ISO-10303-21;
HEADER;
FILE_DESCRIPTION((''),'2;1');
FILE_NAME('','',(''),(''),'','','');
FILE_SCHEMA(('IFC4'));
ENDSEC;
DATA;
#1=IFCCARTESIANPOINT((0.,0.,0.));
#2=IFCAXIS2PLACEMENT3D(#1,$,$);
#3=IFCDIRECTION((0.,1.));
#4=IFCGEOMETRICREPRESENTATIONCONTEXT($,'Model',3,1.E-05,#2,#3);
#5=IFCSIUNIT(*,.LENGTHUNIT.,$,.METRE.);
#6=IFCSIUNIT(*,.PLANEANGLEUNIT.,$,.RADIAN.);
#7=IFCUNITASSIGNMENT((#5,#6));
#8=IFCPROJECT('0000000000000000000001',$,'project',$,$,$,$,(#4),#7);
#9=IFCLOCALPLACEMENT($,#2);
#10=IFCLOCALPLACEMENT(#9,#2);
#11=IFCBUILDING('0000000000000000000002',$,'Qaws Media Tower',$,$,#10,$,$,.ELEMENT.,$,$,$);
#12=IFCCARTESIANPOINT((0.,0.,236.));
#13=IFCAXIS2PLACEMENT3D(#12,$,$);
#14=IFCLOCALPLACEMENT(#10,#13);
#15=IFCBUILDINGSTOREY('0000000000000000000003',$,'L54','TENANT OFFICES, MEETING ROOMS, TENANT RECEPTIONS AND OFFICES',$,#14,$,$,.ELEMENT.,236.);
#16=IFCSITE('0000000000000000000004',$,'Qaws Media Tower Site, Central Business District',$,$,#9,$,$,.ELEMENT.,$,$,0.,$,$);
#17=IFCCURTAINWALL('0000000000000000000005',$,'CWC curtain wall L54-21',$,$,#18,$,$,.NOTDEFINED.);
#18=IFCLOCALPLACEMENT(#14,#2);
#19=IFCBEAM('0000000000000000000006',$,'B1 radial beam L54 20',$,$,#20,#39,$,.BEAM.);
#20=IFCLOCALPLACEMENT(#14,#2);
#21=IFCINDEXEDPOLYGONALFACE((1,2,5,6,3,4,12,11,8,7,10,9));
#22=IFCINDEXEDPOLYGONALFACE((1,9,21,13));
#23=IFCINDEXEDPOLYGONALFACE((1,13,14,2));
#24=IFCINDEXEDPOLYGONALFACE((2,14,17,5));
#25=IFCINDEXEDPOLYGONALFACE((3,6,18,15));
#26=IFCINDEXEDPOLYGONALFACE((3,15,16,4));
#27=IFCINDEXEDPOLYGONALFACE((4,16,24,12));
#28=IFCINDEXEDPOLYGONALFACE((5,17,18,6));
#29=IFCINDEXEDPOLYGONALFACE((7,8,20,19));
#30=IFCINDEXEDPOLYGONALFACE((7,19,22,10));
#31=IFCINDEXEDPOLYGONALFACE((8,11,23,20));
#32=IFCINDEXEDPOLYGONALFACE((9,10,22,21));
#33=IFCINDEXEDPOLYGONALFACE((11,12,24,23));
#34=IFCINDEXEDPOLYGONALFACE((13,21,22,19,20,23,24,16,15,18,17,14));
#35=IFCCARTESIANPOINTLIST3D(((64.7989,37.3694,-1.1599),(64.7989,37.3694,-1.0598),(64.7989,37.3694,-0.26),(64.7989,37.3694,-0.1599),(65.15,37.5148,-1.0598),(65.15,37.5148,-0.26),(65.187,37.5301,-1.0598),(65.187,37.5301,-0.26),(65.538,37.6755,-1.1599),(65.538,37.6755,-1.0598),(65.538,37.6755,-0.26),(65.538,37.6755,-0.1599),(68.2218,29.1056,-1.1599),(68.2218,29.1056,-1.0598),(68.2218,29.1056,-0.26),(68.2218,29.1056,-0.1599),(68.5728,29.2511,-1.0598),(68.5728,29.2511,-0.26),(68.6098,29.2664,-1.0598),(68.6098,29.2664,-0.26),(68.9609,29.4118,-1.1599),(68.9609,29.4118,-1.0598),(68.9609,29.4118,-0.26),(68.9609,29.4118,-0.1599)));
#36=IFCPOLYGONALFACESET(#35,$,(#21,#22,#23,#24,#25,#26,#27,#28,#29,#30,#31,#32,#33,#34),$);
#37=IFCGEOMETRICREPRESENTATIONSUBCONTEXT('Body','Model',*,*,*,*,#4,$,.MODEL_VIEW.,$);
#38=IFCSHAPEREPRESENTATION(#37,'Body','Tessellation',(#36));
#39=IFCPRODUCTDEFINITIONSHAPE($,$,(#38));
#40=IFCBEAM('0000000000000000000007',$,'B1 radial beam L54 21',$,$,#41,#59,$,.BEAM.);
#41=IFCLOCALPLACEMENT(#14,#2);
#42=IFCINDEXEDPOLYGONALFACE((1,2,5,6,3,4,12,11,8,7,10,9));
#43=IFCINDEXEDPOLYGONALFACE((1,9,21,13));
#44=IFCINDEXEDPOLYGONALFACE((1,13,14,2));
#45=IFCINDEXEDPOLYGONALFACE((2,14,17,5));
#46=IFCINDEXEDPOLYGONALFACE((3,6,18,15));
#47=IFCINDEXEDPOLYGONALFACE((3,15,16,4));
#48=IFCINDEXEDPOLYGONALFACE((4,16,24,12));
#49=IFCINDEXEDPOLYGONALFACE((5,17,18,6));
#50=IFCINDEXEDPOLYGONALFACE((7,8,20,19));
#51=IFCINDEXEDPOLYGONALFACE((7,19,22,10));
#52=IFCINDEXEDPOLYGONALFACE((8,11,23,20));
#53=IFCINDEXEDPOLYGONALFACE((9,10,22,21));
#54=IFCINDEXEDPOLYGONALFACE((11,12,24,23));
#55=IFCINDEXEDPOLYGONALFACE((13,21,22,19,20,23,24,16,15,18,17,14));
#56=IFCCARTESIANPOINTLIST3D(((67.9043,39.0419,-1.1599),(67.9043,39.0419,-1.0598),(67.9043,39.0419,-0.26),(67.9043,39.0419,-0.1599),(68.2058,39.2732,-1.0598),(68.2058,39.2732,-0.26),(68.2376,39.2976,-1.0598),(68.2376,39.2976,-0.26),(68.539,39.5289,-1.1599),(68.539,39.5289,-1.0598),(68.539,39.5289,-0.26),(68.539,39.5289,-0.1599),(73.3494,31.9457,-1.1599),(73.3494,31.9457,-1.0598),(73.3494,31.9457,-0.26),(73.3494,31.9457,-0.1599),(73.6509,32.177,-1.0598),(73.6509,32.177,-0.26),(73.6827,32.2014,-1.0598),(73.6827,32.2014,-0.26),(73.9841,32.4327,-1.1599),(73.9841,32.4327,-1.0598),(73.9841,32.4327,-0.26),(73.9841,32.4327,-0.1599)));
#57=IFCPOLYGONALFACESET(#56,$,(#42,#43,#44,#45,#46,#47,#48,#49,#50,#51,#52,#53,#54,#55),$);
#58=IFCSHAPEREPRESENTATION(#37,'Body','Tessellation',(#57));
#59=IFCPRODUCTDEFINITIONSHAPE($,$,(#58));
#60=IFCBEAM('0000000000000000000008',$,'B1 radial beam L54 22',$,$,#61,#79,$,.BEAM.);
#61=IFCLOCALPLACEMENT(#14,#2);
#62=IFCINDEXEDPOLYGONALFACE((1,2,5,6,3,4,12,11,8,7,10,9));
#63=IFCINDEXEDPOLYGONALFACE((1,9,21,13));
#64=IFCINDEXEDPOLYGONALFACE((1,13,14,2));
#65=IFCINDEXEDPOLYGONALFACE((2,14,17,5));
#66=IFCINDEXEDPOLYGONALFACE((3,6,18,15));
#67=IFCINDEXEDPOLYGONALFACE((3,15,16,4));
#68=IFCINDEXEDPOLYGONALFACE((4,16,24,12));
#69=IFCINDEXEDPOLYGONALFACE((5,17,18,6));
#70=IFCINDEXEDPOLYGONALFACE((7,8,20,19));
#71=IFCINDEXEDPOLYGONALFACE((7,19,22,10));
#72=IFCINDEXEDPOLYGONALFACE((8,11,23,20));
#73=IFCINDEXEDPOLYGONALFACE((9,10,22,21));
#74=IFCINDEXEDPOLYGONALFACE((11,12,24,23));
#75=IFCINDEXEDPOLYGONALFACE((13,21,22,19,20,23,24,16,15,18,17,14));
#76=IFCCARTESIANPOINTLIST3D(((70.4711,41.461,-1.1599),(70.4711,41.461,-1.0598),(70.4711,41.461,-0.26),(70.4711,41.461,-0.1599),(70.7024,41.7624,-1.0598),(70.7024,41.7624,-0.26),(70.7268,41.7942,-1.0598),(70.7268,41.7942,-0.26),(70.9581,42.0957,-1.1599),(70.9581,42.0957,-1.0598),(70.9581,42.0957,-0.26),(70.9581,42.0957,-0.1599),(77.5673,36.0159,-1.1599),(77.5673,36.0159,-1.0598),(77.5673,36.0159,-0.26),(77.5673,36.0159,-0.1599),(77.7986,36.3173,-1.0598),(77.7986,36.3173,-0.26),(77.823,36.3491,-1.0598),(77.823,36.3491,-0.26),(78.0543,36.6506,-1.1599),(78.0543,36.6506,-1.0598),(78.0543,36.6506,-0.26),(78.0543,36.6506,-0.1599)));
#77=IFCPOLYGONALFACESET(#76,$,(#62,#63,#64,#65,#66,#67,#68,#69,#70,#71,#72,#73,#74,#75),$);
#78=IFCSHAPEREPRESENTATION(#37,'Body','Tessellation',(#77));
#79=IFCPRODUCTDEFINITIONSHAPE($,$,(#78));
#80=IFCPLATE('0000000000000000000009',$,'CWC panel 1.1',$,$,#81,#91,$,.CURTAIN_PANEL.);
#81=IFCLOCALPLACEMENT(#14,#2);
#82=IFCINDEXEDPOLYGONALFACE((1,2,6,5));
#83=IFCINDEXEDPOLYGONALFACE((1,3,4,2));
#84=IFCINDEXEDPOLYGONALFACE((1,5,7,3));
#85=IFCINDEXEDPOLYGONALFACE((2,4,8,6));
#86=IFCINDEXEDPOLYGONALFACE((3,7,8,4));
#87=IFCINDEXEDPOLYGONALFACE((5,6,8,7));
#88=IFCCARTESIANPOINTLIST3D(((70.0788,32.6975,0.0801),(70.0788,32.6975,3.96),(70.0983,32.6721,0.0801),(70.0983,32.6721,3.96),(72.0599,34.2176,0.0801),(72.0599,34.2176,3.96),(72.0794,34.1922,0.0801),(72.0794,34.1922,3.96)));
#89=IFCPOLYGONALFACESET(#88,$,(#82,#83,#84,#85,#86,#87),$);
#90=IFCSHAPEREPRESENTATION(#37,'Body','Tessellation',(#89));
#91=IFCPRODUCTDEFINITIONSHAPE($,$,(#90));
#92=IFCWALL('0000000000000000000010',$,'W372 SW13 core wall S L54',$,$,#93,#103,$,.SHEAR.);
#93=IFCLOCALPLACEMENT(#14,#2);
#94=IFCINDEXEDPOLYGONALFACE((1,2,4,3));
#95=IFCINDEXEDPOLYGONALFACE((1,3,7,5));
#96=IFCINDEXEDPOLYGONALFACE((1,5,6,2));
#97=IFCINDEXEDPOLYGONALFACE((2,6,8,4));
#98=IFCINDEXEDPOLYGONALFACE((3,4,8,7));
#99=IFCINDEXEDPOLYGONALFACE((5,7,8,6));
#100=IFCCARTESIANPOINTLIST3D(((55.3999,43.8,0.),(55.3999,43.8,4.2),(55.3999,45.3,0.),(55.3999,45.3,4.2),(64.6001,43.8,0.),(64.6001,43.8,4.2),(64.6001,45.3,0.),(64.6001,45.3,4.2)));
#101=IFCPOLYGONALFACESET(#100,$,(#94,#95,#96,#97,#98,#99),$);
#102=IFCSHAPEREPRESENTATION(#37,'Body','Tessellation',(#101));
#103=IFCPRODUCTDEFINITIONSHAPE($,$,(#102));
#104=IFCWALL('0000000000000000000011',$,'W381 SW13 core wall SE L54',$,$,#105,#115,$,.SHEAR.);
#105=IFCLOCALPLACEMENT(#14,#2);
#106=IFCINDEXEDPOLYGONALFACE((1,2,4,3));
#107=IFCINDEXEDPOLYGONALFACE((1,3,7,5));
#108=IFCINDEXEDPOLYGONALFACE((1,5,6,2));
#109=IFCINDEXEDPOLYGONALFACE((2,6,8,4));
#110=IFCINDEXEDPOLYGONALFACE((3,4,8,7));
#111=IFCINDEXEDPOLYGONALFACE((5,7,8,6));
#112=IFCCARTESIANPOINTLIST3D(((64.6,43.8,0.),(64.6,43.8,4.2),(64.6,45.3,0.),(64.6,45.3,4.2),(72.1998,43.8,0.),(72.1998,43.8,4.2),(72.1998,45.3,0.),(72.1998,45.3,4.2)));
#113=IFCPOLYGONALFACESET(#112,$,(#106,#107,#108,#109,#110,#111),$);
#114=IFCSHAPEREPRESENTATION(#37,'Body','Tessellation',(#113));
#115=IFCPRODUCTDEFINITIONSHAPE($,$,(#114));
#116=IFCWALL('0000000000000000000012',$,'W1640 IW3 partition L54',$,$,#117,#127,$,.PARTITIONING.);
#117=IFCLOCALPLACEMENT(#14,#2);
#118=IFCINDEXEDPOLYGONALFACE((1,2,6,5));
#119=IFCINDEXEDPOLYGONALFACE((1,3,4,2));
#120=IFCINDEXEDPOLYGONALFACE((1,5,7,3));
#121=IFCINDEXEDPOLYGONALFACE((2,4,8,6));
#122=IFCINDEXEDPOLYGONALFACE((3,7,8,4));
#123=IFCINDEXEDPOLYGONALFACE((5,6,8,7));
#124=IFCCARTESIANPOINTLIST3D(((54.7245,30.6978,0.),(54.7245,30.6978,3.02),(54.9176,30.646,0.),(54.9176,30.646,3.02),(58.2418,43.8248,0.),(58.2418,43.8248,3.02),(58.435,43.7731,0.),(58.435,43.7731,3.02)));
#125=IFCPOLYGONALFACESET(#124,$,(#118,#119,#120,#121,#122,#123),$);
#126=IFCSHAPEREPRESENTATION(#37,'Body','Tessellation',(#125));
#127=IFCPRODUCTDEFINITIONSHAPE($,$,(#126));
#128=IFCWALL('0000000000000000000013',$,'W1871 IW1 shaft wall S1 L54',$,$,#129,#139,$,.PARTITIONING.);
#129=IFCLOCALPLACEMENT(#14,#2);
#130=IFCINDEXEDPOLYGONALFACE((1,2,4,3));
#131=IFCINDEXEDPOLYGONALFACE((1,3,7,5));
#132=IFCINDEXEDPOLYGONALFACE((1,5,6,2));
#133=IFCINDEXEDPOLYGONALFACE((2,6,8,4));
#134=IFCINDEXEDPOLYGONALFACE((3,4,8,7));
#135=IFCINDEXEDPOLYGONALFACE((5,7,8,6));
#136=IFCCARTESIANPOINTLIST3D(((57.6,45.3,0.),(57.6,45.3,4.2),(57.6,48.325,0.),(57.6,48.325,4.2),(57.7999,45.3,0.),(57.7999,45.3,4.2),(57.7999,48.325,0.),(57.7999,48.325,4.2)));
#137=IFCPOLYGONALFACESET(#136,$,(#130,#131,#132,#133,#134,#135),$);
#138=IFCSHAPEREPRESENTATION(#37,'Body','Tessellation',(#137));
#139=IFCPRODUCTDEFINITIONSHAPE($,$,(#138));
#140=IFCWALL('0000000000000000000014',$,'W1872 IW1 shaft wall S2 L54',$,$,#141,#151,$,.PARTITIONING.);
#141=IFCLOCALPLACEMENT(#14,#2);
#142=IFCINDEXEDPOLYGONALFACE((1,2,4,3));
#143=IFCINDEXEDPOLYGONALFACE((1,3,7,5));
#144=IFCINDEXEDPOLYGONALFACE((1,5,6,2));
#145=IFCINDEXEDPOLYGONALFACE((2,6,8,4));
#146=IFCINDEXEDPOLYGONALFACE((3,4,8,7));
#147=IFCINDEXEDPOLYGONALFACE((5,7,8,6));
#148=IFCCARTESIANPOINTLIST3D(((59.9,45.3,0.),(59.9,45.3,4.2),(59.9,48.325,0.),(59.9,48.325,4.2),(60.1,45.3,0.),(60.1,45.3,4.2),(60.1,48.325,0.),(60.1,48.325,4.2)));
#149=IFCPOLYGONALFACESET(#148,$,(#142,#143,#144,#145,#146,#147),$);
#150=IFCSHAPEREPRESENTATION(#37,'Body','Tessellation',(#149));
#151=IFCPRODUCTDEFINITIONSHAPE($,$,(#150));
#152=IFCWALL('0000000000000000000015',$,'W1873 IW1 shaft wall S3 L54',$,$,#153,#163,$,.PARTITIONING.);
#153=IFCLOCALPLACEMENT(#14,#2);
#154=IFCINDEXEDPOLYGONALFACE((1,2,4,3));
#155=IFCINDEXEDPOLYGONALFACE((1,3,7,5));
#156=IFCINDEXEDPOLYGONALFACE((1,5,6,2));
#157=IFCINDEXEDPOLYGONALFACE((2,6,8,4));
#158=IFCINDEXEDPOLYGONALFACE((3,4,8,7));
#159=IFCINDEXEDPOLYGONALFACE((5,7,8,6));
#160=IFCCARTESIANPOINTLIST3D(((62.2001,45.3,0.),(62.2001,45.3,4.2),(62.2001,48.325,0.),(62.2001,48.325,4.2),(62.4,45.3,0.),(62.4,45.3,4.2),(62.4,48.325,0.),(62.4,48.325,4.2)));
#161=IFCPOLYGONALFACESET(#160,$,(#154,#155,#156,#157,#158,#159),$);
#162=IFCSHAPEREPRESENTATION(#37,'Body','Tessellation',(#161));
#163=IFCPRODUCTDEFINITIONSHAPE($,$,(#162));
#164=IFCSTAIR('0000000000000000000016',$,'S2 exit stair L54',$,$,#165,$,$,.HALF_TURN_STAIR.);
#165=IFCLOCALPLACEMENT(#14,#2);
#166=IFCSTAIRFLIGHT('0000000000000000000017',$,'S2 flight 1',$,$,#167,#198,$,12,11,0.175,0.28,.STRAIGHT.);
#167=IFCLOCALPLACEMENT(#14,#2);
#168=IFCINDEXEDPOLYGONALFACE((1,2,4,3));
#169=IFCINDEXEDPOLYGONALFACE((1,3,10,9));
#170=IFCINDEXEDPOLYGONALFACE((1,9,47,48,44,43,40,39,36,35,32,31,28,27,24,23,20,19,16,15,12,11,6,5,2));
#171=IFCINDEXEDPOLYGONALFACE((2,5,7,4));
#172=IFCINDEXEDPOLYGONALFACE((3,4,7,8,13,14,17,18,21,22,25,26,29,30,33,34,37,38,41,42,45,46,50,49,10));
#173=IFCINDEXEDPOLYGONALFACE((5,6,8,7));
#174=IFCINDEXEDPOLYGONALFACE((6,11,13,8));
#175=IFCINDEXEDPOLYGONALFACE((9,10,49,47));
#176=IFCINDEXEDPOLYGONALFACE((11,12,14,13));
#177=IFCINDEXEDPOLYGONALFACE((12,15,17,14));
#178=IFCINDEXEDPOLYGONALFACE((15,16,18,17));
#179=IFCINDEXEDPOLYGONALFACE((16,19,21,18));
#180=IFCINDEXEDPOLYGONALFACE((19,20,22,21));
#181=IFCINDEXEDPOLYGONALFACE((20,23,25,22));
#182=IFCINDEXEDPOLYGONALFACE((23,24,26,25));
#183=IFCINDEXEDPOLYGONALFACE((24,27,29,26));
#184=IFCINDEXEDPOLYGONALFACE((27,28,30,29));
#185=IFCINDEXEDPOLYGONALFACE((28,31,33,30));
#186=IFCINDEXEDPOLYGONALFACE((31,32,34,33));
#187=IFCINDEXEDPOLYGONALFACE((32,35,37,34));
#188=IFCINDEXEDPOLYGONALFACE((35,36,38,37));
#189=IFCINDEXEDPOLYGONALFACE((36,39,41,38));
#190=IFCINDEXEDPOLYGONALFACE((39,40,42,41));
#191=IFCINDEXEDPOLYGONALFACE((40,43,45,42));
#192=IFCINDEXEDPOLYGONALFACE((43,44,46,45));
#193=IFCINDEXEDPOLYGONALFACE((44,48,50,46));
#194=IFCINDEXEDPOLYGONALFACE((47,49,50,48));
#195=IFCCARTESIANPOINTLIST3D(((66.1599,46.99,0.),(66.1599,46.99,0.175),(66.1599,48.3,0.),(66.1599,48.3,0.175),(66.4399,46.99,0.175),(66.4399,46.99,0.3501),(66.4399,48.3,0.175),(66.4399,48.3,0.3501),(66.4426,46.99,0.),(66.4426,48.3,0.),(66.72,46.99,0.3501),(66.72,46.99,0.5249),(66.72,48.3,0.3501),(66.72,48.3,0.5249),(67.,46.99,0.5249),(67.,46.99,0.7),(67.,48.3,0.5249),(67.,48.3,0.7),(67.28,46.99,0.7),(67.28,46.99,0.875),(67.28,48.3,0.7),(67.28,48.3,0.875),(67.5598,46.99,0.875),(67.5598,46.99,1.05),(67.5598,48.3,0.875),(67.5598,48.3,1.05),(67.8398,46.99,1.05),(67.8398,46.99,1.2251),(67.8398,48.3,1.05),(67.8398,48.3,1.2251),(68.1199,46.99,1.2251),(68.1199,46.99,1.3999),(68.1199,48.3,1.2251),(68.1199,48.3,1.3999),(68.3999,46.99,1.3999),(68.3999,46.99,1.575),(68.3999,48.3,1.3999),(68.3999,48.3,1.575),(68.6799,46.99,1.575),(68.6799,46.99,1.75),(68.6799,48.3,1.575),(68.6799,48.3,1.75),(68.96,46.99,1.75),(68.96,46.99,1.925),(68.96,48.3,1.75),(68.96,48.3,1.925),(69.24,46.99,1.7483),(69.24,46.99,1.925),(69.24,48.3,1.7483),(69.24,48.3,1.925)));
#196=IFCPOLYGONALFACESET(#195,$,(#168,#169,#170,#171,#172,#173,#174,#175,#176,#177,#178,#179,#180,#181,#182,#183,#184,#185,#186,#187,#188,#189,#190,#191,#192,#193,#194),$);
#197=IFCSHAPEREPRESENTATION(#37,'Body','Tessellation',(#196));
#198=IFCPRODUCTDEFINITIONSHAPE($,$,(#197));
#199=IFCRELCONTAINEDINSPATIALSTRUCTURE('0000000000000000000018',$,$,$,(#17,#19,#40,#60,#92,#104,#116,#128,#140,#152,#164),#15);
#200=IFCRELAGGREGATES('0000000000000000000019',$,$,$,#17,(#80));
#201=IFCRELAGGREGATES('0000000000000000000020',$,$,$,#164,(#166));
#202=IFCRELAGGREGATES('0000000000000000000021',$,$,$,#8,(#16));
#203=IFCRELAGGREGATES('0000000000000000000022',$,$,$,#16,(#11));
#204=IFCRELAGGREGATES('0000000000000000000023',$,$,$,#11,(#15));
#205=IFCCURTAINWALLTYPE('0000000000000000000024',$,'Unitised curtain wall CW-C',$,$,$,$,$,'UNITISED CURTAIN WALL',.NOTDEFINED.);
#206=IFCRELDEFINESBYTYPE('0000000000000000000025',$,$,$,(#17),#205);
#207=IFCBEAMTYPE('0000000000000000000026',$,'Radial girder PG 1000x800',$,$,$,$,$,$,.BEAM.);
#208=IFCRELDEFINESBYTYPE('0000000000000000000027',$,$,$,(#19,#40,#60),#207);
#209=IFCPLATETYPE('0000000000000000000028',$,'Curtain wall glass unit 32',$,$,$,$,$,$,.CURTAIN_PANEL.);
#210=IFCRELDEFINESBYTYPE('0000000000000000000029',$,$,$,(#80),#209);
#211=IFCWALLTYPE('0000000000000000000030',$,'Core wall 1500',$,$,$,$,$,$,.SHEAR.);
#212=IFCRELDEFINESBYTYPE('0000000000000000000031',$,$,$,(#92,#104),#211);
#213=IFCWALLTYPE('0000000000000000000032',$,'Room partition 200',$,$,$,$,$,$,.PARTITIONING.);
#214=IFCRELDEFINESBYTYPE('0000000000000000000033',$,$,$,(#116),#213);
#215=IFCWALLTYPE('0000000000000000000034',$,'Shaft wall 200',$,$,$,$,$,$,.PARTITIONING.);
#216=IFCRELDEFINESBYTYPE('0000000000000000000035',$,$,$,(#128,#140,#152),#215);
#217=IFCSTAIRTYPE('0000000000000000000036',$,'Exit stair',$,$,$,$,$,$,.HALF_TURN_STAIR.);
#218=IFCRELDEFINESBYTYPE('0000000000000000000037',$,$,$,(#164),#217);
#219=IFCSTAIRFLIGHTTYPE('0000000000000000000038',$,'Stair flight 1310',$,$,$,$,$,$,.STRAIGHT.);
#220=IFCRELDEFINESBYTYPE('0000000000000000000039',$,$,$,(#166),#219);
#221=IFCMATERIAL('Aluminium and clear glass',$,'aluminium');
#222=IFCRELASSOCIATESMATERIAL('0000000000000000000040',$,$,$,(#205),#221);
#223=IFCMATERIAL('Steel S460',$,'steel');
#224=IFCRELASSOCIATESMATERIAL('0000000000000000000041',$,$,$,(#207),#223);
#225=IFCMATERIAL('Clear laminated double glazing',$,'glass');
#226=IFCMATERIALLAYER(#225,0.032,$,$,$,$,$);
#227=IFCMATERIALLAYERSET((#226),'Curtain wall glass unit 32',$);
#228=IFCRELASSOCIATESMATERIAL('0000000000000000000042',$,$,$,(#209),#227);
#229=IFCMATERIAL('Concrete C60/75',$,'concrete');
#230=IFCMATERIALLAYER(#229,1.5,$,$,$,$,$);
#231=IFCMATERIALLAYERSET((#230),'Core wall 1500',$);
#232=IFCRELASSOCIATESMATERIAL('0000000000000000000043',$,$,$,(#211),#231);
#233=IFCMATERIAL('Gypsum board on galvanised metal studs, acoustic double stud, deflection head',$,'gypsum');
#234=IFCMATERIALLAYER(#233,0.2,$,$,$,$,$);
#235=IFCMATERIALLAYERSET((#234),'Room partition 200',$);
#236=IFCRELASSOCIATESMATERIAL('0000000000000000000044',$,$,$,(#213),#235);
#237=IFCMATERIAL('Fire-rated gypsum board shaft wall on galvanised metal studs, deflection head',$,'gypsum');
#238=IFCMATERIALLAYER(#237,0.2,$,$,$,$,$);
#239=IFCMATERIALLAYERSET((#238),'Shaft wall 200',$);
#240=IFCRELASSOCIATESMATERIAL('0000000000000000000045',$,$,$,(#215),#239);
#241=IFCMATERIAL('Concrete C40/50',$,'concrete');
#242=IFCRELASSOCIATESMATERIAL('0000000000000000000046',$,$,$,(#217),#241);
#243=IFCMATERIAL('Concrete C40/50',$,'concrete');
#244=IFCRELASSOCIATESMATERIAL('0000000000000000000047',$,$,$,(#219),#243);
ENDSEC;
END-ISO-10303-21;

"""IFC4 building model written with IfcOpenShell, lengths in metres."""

from ifc_helpers import new_model, si_unit, direction, frame, frame_2d, origin, origin_2d, place, context, subcontext, project, spatial, polyline, rectangle, i_section, outline, extrude, material, layer, layer_set, material_profile, profile_set, type_object, element, aggregate, save


model = new_model("IFC4")

# Units and contexts
model_context = context("Model", 3, precision=1e-05, world=origin(), true_north=direction((0.0, 1.0)))
body_context = subcontext(model_context, "Body", "Model", "MODEL_VIEW")
ifc_project = project(units=[si_unit("LENGTHUNIT", "METRE"), si_unit("PLANEANGLEUNIT", "RADIAN")], contexts=[model_context])

# Site, building, storey
site_placement = place(None, origin())
site = spatial("IfcSite", under=ifc_project, at=site_placement, Name="Qaws Media Tower Site, Central Business District", CompositionType="ELEMENT", RefElevation=0.0)
building_placement = place(site_placement, origin())
building = spatial("IfcBuilding", under=site, at=building_placement, Name="Qaws Media Tower", CompositionType="ELEMENT")
storey_placement = place(building_placement, frame((0.0, 0.0, 236.0)))
storey = spatial("IfcBuildingStorey", under=building, at=storey_placement, Name="L54", Description="TENANT OFFICES, MEETING ROOMS, TENANT RECEPTIONS AND OFFICES", CompositionType="ELEMENT", Elevation=236.0)

# Curtain wall
ifc_material_1 = material(Name="Aluminium and clear glass", Category="aluminium")
curtain_wall_type = type_object("IfcCurtainWallType", Name="Unitised curtain wall CW-C", ElementType="UNITISED CURTAIN WALL", PredefinedType="NOTDEFINED", material=ifc_material_1)
curtain_wall_placement = place(storey_placement, origin())
curtain_wall = element("IfcCurtainWall", 1, at=curtain_wall_placement, inside=storey, type_object=curtain_wall_type, Name="CWC curtain wall L54-21", PredefinedType="NOTDEFINED")

# Beams
ifc_material_2 = material(Name="Steel S460", Category="steel")
ifc_material_profile_1 = material_profile(ifc_material_2, i_section(OverallWidth=0.8, OverallDepth=1.0, WebThickness=0.04, FlangeThickness=0.1001, at=origin_2d()), Name="PG 1000x800")
ifc_profile_set_1 = profile_set([ifc_material_profile_1], Name="Steel S460")
beam_type_1 = type_object("IfcBeamType", Name="Radial girder PG 1000x800", PredefinedType="BEAM", material=ifc_profile_set_1)
for number, where, z_axis, x_axis, name in (
    (2, (65.1685, 37.5225, -0.6599), (0.382676, -0.923882, 0.0), (0.923882, 0.382676, 0.0), "B1 radial beam L54 20"),
    (3, (68.2217, 39.2854, -0.6599), (0.608759, -0.793355, 0.0), (0.793355, 0.608759, 0.0), "B1 radial beam L54 21"),
    (4, (70.7146, 41.7783, -0.6599), (0.793355, -0.608759, 0.0), (0.608759, 0.793355, 0.0), "B1 radial beam L54 22"),
):
    element("IfcBeam", number, at=place(storey_placement, frame(where, z_axis=z_axis, x_axis=x_axis)), inside=storey, type_object=beam_type_1, Name=name, PredefinedType="BEAM", context=body_context, shape_type="SweptSolid", body=[
        extrude(i_section(OverallWidth=0.8, OverallDepth=1.0, WebThickness=0.04, FlangeThickness=0.1001, at=origin_2d()), origin(), (0.0, 0.0, 1.0), 8.9446),
    ])

# Plate
ifc_material_3 = material(Name="Clear laminated double glazing", Category="glass")
ifc_layer_1 = layer(ifc_material_3, 0.032)
ifc_layer_set_1 = layer_set([ifc_layer_1], Name="Curtain wall glass unit 32")
plate_type = type_object("IfcPlateType", Name="Curtain wall glass unit 32", PredefinedType="CURTAIN_PANEL", material=ifc_layer_set_1)
plate_placement = place(storey_placement, frame((71.0791, 33.4448, 0.0801), z_axis=(0.0, 0.0, 1.0), x_axis=(0.793353, 0.608761, 0.0)))
plate = element("IfcPlate", 5, at=plate_placement, type_object=plate_type, Name="CWC panel 1.1", PredefinedType="CURTAIN_PANEL", context=body_context, shape_type="SweptSolid", body=[
    extrude(rectangle(XDim=2.4971, YDim=0.032, at=origin_2d()), origin(), (0.0, 0.0, 1.0), 3.8799),
])
aggregate(curtain_wall, [plate])

# Walls
ifc_material_4 = material(Name="Concrete C60/75", Category="concrete")
ifc_layer_2 = layer(ifc_material_4, 1.5)
ifc_layer_set_2 = layer_set([ifc_layer_2], Name="Core wall 1500")
wall_type_1 = type_object("IfcWallType", Name="Core wall 1500", PredefinedType="SHEAR", material=ifc_layer_set_2)
wall_1_placement = place(storey_placement, frame((55.3999, 44.55, 0.0), z_axis=(0.0, 0.0, 1.0), x_axis=(1.0, 0.0, 0.0)))
element("IfcWall", 6, at=wall_1_placement, inside=storey, type_object=wall_type_1, Name="W372 SW13 core wall S L54", PredefinedType="SHEAR", context=body_context, shape_type="SweptSolid", body=[
    extrude(rectangle(XDim=9.2002, YDim=1.5, at=frame_2d((4.6001, 0.0))), origin(), (0.0, 0.0, 1.0), 4.2),
])
wall_2_placement = place(storey_placement, frame((64.6001, 44.55, 0.0), z_axis=(0.0, 0.0, 1.0), x_axis=(1.0, 0.0, 0.0)))
element("IfcWall", 7, at=wall_2_placement, inside=storey, type_object=wall_type_1, Name="W381 SW13 core wall SE L54", PredefinedType="SHEAR", context=body_context, shape_type="SweptSolid", body=[
    extrude(rectangle(XDim=7.5999, YDim=1.5, at=frame_2d((3.7998, 0.0))), origin(), (0.0, 0.0, 1.0), 4.2),
])
ifc_material_5 = material(Name="Gypsum board on galvanised metal studs, acoustic double stud, deflection head", Category="gypsum")
ifc_layer_3 = layer(ifc_material_5, 0.2)
ifc_layer_set_3 = layer_set([ifc_layer_3], Name="Room partition 200")
wall_type_2 = type_object("IfcWallType", Name="Room partition 200", PredefinedType="PARTITIONING", material=ifc_layer_set_3)
wall_3_placement = place(storey_placement, frame((58.3384, 43.7988, 0.0), z_axis=(0.0, 0.0, 1.0), x_axis=(-0.258818, -0.965926, 0.0)))
element("IfcWall", 8, at=wall_3_placement, inside=storey, type_object=wall_type_2, Name="W1640 IW3 partition L54", PredefinedType="PARTITIONING", context=body_context, shape_type="SweptSolid", body=[
    extrude(rectangle(XDim=13.5901, YDim=0.2, at=frame_2d((6.7949, 0.0))), origin(), (0.0, 0.0, 1.0), 3.02),
])
ifc_material_6 = material(Name="Fire-rated gypsum board shaft wall on galvanised metal studs, deflection head", Category="gypsum")
ifc_layer_4 = layer(ifc_material_6, 0.2)
ifc_layer_set_4 = layer_set([ifc_layer_4], Name="Shaft wall 200")
wall_type_3 = type_object("IfcWallType", Name="Shaft wall 200", PredefinedType="PARTITIONING", material=ifc_layer_set_4)
for number, where, z_axis, x_axis, name in (
    (9, (57.7, 45.3, 0.0), (0.0, 0.0, 1.0), (0.0, 1.0, 0.0), "W1871 IW1 shaft wall S1 L54"),
    (10, (60.0, 45.3, 0.0), (0.0, 0.0, 1.0), (0.0, 1.0, 0.0), "W1872 IW1 shaft wall S2 L54"),
    (11, (62.3, 45.3, 0.0), (0.0, 0.0, 1.0), (0.0, 1.0, 0.0), "W1873 IW1 shaft wall S3 L54"),
):
    element("IfcWall", number, at=place(storey_placement, frame(where, z_axis=z_axis, x_axis=x_axis)), inside=storey, type_object=wall_type_3, Name=name, PredefinedType="PARTITIONING", context=body_context, shape_type="SweptSolid", body=[
        extrude(rectangle(XDim=3.0249, YDim=0.2, at=frame_2d((1.5125, 0.0))), origin(), (0.0, 0.0, 1.0), 4.2),
    ])

# Stair, stair flight
ifc_material_7 = material(Name="Concrete C40/50", Category="concrete")
stair_type = type_object("IfcStairType", Name="Exit stair", PredefinedType="HALF_TURN_STAIR", material=ifc_material_7)
stair_placement = place(storey_placement, origin())
stair = element("IfcStair", 12, at=stair_placement, inside=storey, type_object=stair_type, Name="S2 exit stair L54", PredefinedType="HALF_TURN_STAIR")
ifc_material_8 = material(Name="Concrete C40/50", Category="concrete")
stair_flight_type = type_object("IfcStairFlightType", Name="Stair flight 1310", PredefinedType="STRAIGHT", material=ifc_material_8)
stair_flight_1_placement = place(storey_placement, frame((66.1599, 47.645, 0.0), z_axis=(0.0, 0.0, 1.0), x_axis=(1.0, 0.0, 0.0)))
stair_flight_1 = element("IfcStairFlight", 13, at=stair_flight_1_placement, type_object=stair_flight_type, Name="S2 flight 1", NumberOfRisers=12, NumberOfTreads=11, PredefinedType="STRAIGHT", RiserHeight=0.175, TreadLength=0.28, context=body_context, shape_type="SweptSolid", body=[
    extrude(outline(polyline([(0.0, 0.0), (0.0, 0.175), (0.28, 0.175), (0.28, 0.3501), (0.5601, 0.3501), (0.5601, 0.5249), (0.8401, 0.5249), (0.8401, 0.7), (1.1201, 0.7), (1.1201, 0.875), (1.3999, 0.875), (1.3999, 1.05), (1.6799, 1.05), (1.6799, 1.2251), (1.96, 1.2251), (1.96, 1.3999), (2.24, 1.3999), (2.24, 1.575), (2.52, 1.575), (2.52, 1.75), (2.8, 1.75), (2.8, 1.925), (3.0801, 1.925), (3.0801, 2.1001), (3.0801, 1.7483), (0.2827, 0.0), (0.0, 0.0)])), frame((0.0, 0.655, 0.0), z_axis=(0.0, -1.0, 0.0), x_axis=(1.0, 0.0, 0.0)), (0.0, 0.0, 1.0), 1.3101),
])
aggregate(stair, [stair_flight_1])

save(model, "model.ifc")
